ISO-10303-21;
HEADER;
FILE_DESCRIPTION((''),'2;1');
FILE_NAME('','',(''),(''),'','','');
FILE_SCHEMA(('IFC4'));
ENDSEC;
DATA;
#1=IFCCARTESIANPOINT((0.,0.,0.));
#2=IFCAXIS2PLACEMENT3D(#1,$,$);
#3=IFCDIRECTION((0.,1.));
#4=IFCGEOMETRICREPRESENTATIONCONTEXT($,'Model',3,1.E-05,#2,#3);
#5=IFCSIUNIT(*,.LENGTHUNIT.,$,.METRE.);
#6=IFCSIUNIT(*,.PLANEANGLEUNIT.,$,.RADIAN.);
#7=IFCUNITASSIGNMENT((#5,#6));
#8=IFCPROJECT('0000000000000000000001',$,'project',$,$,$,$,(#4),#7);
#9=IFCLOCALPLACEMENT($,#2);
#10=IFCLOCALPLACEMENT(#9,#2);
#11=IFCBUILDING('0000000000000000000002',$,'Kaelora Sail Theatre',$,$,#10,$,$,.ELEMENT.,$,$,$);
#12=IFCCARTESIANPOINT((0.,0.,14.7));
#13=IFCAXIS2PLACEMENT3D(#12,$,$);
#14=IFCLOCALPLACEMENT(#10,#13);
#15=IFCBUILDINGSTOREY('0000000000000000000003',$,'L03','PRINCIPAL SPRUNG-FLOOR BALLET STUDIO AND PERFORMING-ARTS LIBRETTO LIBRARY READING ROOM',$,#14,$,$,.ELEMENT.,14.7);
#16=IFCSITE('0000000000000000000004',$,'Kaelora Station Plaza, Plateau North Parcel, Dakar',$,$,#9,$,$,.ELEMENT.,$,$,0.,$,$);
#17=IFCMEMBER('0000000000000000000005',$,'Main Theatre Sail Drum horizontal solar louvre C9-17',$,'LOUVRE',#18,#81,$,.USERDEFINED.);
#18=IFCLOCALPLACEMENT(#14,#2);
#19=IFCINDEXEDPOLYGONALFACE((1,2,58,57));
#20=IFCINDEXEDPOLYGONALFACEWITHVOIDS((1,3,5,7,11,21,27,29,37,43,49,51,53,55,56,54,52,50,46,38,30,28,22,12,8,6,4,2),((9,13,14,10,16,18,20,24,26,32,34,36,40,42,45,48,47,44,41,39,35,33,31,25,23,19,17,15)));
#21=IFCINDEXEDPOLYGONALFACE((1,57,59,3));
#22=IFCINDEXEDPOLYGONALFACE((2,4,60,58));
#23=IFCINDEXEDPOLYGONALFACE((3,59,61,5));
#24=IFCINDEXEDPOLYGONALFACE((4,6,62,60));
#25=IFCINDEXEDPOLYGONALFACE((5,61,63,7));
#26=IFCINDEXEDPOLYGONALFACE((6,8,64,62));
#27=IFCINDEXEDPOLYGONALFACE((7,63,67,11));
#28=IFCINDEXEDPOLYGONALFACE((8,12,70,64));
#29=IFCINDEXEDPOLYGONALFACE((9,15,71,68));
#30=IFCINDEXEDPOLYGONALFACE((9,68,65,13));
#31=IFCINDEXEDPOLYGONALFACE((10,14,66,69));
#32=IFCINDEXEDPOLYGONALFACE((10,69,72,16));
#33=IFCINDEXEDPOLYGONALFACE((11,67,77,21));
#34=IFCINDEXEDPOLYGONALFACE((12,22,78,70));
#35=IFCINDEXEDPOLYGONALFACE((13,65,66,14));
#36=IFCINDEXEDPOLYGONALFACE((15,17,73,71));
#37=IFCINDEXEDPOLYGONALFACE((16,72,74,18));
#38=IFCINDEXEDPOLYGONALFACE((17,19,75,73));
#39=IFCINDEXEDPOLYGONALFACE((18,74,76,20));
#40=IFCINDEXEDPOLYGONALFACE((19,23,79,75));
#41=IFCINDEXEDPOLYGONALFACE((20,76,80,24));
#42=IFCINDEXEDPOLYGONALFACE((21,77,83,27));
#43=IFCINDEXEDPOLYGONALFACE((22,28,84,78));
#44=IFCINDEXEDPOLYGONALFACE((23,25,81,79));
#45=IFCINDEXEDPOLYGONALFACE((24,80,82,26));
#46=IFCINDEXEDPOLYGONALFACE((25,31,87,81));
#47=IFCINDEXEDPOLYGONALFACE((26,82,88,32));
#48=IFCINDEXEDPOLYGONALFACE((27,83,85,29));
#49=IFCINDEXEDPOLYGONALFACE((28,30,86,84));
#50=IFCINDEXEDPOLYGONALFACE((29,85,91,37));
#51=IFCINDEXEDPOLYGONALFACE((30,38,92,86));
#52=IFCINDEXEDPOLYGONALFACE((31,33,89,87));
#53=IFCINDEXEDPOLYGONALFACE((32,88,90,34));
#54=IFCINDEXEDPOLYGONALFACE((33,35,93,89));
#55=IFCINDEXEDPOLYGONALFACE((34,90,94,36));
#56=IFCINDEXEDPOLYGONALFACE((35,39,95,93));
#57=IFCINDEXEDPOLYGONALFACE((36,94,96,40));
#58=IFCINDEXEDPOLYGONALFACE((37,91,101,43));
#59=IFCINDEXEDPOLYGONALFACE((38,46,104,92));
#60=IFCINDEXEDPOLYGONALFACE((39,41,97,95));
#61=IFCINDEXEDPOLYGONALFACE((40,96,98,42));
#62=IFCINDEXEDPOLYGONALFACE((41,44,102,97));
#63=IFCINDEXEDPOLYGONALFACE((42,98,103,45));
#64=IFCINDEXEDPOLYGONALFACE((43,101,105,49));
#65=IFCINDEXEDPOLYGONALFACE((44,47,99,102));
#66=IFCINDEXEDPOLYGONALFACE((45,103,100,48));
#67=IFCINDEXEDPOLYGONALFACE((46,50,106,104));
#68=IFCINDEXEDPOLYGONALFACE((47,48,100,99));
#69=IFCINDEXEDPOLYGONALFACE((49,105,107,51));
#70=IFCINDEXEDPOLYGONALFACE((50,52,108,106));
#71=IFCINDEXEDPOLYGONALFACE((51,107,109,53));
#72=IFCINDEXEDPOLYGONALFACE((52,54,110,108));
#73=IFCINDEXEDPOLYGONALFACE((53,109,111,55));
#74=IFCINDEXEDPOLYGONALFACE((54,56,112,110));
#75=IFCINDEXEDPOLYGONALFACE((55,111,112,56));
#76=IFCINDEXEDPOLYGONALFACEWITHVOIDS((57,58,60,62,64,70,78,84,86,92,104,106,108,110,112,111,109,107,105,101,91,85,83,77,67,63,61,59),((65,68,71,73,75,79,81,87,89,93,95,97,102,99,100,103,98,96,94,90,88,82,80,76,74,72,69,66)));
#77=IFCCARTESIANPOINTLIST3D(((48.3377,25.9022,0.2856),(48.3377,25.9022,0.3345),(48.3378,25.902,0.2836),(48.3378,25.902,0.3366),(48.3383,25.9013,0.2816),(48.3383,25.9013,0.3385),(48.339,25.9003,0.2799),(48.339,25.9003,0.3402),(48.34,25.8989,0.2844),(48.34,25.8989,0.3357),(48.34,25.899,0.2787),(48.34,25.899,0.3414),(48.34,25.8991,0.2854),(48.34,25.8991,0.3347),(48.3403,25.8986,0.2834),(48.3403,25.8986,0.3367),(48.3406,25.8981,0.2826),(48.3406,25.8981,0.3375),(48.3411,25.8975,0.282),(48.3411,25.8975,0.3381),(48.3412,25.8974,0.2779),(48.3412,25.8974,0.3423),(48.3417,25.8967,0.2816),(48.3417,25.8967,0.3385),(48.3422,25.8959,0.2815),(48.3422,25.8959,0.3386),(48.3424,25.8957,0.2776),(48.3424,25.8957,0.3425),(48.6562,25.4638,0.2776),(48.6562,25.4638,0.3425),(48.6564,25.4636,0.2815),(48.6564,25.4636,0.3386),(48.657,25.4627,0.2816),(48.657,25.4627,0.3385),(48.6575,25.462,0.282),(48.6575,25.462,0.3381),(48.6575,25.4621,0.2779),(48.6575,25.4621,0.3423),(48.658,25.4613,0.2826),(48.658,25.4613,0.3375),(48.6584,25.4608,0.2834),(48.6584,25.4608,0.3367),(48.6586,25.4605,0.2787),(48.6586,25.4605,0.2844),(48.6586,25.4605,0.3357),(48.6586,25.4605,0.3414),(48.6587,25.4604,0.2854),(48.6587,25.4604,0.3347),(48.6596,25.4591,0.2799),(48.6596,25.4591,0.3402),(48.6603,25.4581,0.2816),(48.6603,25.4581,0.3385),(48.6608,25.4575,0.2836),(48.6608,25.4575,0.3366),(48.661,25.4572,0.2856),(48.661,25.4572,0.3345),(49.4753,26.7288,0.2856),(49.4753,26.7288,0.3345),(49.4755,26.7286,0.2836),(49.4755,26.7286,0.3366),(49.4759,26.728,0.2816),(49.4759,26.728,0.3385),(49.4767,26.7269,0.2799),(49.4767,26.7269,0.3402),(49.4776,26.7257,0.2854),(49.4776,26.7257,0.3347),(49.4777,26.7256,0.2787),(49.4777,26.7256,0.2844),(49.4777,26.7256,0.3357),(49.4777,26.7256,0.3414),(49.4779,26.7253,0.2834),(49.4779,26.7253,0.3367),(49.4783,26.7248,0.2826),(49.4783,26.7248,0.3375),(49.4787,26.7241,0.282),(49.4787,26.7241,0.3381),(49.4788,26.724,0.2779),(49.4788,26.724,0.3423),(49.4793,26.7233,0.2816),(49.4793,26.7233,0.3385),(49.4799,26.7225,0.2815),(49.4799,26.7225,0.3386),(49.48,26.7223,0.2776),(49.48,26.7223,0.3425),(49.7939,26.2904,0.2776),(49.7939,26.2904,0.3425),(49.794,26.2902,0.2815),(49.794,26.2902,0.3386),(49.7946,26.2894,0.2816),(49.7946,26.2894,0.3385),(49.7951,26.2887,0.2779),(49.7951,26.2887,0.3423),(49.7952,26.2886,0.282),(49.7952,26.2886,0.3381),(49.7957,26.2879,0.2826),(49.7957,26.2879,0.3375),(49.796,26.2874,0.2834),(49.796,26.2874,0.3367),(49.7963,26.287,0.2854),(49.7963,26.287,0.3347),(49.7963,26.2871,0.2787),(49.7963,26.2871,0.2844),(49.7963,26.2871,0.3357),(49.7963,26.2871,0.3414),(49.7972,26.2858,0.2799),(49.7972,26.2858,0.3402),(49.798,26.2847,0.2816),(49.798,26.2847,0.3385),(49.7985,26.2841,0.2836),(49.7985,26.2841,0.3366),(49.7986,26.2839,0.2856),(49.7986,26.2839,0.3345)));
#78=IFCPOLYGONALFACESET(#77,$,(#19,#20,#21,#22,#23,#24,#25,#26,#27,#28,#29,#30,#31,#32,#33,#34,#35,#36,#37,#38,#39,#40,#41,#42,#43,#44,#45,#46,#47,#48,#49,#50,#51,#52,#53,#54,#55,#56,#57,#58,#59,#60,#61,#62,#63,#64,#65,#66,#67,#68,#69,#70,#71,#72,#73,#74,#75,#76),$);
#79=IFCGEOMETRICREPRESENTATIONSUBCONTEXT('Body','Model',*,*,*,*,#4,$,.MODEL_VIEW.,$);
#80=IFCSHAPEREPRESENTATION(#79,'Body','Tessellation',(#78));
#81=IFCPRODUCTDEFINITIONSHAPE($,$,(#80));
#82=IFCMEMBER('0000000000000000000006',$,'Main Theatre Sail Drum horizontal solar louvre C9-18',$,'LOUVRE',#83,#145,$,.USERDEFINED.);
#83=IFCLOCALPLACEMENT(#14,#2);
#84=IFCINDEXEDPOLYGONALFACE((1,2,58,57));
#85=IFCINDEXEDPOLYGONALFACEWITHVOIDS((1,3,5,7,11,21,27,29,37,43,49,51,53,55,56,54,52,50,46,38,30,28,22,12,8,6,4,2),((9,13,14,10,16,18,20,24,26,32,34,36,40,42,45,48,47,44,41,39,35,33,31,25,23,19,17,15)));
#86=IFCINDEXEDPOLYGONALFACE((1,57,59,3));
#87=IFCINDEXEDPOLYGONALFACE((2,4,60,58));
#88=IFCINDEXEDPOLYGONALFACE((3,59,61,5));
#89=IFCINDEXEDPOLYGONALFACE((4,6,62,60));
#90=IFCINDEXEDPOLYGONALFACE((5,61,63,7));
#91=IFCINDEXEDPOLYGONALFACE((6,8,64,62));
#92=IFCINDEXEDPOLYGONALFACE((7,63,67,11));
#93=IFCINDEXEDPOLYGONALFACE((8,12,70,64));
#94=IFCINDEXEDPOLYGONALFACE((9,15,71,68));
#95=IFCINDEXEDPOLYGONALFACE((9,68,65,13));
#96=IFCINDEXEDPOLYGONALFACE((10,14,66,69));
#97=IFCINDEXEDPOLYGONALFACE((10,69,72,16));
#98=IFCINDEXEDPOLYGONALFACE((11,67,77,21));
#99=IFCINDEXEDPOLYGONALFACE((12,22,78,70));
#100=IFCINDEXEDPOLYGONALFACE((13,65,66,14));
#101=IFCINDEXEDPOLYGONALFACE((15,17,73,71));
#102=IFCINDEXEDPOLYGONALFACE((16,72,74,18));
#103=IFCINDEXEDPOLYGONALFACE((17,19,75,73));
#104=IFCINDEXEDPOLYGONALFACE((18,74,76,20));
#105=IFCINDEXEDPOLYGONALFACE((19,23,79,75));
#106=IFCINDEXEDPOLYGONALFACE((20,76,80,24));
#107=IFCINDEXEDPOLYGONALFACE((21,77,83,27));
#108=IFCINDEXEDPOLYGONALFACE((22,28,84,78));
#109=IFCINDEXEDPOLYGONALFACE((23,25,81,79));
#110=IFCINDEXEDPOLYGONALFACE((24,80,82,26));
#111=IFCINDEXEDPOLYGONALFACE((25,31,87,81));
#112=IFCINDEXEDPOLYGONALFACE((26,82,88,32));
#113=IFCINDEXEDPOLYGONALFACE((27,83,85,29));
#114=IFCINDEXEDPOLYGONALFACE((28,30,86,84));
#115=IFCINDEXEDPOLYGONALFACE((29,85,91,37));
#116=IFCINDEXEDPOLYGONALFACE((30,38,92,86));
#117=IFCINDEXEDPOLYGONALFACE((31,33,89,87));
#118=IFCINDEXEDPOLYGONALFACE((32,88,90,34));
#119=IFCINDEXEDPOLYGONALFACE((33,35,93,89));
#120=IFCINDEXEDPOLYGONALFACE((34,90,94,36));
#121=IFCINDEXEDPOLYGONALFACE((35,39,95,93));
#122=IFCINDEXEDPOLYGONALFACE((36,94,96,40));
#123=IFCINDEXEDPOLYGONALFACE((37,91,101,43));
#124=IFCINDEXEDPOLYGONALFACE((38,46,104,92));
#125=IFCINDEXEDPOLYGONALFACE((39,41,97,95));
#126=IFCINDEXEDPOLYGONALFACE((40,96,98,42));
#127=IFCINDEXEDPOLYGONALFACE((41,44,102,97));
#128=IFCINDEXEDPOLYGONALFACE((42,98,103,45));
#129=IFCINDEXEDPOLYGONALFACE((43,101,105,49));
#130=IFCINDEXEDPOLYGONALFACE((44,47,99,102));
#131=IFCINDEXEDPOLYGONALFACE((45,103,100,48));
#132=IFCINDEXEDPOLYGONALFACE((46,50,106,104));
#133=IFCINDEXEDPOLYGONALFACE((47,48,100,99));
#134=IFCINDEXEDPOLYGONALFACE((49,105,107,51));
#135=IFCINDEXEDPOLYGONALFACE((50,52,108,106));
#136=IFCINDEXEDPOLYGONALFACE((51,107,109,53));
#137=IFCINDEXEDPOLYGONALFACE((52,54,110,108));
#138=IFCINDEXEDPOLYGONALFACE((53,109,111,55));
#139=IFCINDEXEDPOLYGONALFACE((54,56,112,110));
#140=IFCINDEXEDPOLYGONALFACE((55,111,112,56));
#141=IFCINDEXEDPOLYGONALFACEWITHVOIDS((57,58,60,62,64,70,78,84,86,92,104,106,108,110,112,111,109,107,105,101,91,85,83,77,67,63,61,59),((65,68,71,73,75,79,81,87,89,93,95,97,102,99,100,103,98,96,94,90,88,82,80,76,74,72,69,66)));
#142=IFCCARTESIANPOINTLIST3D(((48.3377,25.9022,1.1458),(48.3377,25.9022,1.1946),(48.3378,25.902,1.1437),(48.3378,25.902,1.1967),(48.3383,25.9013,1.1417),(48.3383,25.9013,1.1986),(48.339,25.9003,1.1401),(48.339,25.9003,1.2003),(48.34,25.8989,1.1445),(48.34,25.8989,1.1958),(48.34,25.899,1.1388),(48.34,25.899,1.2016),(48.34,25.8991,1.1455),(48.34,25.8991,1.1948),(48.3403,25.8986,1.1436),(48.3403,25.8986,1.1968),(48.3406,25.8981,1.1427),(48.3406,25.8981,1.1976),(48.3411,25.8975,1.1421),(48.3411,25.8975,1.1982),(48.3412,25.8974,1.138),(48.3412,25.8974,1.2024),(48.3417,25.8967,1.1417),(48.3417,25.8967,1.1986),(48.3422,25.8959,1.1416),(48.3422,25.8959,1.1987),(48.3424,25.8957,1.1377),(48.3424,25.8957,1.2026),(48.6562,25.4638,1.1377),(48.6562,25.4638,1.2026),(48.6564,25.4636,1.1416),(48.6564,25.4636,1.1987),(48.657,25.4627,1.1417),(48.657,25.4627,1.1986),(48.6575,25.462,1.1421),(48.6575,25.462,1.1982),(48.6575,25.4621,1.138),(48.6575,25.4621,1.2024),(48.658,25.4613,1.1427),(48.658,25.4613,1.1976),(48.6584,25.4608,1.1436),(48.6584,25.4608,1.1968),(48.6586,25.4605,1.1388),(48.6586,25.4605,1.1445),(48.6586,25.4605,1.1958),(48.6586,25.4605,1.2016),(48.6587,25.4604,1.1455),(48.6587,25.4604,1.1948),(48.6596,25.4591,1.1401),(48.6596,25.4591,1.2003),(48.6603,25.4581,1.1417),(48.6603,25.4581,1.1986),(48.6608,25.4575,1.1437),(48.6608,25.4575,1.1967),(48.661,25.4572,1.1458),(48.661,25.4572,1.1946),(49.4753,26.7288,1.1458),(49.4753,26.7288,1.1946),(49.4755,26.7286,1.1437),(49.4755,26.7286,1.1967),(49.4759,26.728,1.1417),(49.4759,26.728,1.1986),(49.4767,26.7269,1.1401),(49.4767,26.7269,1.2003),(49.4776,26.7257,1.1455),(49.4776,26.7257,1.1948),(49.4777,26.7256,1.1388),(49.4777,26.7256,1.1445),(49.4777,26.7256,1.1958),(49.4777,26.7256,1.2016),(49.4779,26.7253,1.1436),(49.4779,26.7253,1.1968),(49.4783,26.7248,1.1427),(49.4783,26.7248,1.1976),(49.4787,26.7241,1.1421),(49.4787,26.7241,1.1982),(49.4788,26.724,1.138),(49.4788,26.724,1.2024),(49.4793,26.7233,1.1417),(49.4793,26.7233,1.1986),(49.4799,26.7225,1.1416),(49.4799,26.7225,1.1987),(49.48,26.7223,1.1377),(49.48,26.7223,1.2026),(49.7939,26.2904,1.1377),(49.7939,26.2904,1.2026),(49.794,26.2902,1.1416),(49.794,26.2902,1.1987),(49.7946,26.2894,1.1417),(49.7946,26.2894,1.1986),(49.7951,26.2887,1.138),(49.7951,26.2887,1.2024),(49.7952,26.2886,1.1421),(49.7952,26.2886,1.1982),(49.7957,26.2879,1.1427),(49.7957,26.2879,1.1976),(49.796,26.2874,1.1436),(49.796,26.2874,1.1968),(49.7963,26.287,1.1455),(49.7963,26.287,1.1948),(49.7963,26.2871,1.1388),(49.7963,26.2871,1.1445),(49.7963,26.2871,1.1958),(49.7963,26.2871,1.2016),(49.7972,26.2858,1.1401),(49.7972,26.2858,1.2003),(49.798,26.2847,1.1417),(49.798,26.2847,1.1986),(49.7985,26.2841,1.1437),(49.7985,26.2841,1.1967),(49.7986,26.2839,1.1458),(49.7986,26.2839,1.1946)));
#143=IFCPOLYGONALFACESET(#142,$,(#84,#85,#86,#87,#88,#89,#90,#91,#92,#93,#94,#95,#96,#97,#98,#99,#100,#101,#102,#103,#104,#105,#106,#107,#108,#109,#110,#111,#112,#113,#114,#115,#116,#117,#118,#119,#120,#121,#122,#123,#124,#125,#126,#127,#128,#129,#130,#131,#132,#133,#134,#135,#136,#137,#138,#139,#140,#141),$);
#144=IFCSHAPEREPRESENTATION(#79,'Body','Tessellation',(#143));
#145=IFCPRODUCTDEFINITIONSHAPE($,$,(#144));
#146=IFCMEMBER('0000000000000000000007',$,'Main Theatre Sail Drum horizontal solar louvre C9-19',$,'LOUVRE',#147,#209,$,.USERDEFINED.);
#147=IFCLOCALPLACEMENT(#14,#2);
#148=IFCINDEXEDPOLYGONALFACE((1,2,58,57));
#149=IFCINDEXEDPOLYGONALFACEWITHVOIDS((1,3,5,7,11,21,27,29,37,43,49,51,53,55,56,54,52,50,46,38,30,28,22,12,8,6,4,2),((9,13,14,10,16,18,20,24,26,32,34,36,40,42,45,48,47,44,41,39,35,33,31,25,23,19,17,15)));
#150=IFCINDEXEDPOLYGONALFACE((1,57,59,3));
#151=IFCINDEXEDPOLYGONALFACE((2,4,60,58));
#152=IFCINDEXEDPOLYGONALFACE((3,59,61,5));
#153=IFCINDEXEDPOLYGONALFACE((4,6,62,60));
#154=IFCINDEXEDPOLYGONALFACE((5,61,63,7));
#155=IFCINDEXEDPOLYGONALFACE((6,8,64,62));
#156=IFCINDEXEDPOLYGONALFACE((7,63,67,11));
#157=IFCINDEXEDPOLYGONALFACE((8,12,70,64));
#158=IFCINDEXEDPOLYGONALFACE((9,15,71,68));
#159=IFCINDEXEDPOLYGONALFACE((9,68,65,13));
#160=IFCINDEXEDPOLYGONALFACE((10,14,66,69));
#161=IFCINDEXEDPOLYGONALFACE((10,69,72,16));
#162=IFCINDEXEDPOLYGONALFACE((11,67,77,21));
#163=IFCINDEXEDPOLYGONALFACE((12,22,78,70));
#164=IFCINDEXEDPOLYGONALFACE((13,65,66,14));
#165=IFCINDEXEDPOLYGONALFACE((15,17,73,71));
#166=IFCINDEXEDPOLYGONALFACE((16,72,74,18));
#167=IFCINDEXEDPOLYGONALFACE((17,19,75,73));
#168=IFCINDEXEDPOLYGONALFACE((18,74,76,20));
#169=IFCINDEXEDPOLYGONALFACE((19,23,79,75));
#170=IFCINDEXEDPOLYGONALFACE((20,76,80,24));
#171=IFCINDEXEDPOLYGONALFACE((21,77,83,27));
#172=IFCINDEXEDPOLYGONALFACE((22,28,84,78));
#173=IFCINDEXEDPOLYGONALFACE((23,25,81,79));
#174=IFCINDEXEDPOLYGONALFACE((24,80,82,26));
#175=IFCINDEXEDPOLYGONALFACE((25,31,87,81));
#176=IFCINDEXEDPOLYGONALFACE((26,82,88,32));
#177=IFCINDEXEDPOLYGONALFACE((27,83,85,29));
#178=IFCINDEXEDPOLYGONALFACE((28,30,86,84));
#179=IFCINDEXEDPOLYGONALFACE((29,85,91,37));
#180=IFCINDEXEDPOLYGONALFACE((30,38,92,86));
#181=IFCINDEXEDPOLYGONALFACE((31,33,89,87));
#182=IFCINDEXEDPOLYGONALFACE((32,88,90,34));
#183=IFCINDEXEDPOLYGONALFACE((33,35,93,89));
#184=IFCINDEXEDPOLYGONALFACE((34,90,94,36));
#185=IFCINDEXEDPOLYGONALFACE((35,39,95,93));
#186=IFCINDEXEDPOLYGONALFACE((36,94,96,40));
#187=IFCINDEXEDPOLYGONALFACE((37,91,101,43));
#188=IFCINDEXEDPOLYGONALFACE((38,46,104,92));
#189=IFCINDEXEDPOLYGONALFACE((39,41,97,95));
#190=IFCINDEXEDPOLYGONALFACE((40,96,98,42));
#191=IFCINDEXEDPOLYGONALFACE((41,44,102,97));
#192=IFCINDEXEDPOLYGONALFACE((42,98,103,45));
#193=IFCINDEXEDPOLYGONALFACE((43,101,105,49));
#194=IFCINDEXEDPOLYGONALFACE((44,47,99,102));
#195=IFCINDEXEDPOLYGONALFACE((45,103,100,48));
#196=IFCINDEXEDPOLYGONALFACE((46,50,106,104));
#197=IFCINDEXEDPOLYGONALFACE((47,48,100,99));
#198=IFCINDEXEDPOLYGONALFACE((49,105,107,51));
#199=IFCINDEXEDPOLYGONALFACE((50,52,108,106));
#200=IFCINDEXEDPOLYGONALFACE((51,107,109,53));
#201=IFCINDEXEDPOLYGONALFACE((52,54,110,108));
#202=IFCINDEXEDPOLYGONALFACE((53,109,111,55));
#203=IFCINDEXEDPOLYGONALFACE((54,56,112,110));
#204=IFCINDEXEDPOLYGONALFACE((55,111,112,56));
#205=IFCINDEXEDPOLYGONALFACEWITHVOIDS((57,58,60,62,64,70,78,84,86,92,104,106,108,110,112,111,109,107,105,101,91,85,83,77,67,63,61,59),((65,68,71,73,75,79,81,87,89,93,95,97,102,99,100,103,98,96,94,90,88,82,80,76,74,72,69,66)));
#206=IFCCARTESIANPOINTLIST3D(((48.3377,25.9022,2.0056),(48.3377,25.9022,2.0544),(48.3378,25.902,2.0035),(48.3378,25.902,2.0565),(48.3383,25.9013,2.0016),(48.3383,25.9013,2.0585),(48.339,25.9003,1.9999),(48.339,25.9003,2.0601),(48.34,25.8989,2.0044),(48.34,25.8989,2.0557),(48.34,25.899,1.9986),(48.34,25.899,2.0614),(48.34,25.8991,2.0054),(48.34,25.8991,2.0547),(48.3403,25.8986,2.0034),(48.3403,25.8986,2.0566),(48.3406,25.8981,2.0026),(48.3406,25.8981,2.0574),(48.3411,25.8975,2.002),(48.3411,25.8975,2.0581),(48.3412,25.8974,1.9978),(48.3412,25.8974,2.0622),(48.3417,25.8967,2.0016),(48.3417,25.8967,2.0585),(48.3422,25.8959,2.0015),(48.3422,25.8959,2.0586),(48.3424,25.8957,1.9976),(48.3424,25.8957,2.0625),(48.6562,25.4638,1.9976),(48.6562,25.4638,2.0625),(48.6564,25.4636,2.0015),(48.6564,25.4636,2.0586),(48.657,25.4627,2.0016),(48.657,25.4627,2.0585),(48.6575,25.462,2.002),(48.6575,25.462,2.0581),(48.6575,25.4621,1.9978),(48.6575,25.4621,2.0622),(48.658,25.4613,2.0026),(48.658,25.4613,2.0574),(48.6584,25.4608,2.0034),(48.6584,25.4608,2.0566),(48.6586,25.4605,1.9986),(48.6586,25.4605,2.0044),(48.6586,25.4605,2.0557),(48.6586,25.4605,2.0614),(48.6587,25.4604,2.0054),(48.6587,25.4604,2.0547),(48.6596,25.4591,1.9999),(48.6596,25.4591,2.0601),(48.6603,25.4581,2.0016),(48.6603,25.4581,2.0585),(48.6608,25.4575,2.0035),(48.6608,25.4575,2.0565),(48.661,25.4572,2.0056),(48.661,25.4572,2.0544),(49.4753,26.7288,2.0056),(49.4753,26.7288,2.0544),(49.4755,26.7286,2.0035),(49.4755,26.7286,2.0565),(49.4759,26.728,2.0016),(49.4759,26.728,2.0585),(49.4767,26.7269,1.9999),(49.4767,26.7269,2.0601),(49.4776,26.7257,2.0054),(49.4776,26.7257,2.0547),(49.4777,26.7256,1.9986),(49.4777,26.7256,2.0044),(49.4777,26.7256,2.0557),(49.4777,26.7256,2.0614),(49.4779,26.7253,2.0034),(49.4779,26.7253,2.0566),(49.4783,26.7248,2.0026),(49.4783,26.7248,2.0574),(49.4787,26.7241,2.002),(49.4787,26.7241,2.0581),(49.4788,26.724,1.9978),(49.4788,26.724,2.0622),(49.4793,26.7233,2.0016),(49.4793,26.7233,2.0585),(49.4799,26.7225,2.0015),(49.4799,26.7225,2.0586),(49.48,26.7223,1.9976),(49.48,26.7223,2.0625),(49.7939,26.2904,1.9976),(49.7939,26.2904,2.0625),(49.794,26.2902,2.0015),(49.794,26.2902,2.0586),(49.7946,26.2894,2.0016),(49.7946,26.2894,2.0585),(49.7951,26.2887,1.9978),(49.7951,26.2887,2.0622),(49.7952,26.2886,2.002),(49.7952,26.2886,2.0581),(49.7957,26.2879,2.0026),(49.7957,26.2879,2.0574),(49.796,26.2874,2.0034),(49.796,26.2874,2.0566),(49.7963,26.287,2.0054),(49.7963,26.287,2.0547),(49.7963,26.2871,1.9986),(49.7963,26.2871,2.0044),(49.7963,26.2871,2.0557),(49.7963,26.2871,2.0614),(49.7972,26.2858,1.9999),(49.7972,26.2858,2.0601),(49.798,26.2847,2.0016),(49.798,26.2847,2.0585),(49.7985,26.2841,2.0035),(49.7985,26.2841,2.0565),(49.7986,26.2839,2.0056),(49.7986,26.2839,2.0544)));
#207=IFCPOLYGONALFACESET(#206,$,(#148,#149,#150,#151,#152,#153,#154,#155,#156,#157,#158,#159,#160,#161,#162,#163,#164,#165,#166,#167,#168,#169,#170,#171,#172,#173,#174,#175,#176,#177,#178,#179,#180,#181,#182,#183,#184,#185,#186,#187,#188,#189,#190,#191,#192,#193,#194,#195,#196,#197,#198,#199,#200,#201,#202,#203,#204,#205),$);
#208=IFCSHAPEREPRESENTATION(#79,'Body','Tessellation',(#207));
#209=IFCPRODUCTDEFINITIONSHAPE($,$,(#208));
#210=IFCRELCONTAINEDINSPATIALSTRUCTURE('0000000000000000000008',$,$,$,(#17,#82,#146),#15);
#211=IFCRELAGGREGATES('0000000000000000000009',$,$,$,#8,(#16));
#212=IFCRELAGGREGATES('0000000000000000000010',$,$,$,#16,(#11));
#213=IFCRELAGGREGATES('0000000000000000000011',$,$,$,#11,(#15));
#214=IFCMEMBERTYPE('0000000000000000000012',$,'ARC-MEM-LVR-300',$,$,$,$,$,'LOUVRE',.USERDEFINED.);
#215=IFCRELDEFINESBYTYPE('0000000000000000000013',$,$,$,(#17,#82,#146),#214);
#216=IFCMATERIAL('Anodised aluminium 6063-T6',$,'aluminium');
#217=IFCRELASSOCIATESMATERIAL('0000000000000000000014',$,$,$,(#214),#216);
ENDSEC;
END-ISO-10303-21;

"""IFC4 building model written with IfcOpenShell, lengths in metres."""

from ifc_helpers import new_model, si_unit, direction, frame, origin, origin_2d, place, context, subcontext, project, spatial, hollow_rectangle, extrude, material, material_profile, profile_set, type_object, element, save


model = new_model("IFC4")

# Units and contexts
model_context = context("Model", 3, precision=1e-05, world=origin(), true_north=direction((0.0, 1.0)))
body_context = subcontext(model_context, "Body", "Model", "MODEL_VIEW")
ifc_project = project(units=[si_unit("LENGTHUNIT", "METRE"), si_unit("PLANEANGLEUNIT", "RADIAN")], contexts=[model_context])

# Site, building, storey
site_placement = place(None, origin())
site = spatial("IfcSite", under=ifc_project, at=site_placement, Name="Kaelora Station Plaza, Plateau North Parcel, Dakar", CompositionType="ELEMENT", RefElevation=0.0)
building_placement = place(site_placement, origin())
building = spatial("IfcBuilding", under=site, at=building_placement, Name="Kaelora Sail Theatre", CompositionType="ELEMENT")
storey_placement = place(building_placement, frame((0.0, 0.0, 14.7)))
storey = spatial("IfcBuildingStorey", under=building, at=storey_placement, Name="L03", Description="PRINCIPAL SPRUNG-FLOOR BALLET STUDIO AND PERFORMING-ARTS LIBRETTO LIBRARY READING ROOM", CompositionType="ELEMENT", Elevation=14.7)

# Members
ifc_material_1 = material(Name="Anodised aluminium 6063-T6", Category="aluminium")
ifc_material_profile_1 = material_profile(ifc_material_1, hollow_rectangle(XDim=0.55, YDim=0.0649, WallThickness=0.0039, InnerFilletRadius=0.0039, OuterFilletRadius=0.0081, at=origin_2d()), Name="LOUVRE 550x65x4")
ifc_profile_set_1 = profile_set([ifc_material_profile_1], Name="Anodised aluminium 6063-T6")
member_type = type_object("IfcMemberType", Name="ARC-MEM-LVR-300", ElementType="LOUVRE", PredefinedType="USERDEFINED", material=ifc_profile_set_1)
for number, where, z_axis, x_axis, name in (
    (1, (49.637, 26.5063, 0.3101), (-0.808991, -0.587821, 0.0), (0.587821, -0.808991, 0.0), "Main Theatre Sail Drum horizontal solar louvre C9-17"),
    (2, (49.637, 26.5063, 1.1702), (-0.808991, -0.587821, 0.0), (0.587821, -0.808991, 0.0), "Main Theatre Sail Drum horizontal solar louvre C9-18"),
    (3, (49.637, 26.5063, 2.03), (-0.808991, -0.587821, 0.0), (0.587821, -0.808991, 0.0), "Main Theatre Sail Drum horizontal solar louvre C9-19"),
):
    element("IfcMember", number, at=place(storey_placement, frame(where, z_axis=z_axis, x_axis=x_axis)), inside=storey, type_object=member_type, Name=name, ObjectType="LOUVRE", PredefinedType="USERDEFINED", context=body_context, shape_type="SweptSolid", body=[
        extrude(hollow_rectangle(XDim=0.55, YDim=0.0649, WallThickness=0.0039, InnerFilletRadius=0.0039, OuterFilletRadius=0.0081, at=origin_2d()), origin(), (0.0, 0.0, 1.0), 1.4062),
    ])

save(model, "model.ifc")
